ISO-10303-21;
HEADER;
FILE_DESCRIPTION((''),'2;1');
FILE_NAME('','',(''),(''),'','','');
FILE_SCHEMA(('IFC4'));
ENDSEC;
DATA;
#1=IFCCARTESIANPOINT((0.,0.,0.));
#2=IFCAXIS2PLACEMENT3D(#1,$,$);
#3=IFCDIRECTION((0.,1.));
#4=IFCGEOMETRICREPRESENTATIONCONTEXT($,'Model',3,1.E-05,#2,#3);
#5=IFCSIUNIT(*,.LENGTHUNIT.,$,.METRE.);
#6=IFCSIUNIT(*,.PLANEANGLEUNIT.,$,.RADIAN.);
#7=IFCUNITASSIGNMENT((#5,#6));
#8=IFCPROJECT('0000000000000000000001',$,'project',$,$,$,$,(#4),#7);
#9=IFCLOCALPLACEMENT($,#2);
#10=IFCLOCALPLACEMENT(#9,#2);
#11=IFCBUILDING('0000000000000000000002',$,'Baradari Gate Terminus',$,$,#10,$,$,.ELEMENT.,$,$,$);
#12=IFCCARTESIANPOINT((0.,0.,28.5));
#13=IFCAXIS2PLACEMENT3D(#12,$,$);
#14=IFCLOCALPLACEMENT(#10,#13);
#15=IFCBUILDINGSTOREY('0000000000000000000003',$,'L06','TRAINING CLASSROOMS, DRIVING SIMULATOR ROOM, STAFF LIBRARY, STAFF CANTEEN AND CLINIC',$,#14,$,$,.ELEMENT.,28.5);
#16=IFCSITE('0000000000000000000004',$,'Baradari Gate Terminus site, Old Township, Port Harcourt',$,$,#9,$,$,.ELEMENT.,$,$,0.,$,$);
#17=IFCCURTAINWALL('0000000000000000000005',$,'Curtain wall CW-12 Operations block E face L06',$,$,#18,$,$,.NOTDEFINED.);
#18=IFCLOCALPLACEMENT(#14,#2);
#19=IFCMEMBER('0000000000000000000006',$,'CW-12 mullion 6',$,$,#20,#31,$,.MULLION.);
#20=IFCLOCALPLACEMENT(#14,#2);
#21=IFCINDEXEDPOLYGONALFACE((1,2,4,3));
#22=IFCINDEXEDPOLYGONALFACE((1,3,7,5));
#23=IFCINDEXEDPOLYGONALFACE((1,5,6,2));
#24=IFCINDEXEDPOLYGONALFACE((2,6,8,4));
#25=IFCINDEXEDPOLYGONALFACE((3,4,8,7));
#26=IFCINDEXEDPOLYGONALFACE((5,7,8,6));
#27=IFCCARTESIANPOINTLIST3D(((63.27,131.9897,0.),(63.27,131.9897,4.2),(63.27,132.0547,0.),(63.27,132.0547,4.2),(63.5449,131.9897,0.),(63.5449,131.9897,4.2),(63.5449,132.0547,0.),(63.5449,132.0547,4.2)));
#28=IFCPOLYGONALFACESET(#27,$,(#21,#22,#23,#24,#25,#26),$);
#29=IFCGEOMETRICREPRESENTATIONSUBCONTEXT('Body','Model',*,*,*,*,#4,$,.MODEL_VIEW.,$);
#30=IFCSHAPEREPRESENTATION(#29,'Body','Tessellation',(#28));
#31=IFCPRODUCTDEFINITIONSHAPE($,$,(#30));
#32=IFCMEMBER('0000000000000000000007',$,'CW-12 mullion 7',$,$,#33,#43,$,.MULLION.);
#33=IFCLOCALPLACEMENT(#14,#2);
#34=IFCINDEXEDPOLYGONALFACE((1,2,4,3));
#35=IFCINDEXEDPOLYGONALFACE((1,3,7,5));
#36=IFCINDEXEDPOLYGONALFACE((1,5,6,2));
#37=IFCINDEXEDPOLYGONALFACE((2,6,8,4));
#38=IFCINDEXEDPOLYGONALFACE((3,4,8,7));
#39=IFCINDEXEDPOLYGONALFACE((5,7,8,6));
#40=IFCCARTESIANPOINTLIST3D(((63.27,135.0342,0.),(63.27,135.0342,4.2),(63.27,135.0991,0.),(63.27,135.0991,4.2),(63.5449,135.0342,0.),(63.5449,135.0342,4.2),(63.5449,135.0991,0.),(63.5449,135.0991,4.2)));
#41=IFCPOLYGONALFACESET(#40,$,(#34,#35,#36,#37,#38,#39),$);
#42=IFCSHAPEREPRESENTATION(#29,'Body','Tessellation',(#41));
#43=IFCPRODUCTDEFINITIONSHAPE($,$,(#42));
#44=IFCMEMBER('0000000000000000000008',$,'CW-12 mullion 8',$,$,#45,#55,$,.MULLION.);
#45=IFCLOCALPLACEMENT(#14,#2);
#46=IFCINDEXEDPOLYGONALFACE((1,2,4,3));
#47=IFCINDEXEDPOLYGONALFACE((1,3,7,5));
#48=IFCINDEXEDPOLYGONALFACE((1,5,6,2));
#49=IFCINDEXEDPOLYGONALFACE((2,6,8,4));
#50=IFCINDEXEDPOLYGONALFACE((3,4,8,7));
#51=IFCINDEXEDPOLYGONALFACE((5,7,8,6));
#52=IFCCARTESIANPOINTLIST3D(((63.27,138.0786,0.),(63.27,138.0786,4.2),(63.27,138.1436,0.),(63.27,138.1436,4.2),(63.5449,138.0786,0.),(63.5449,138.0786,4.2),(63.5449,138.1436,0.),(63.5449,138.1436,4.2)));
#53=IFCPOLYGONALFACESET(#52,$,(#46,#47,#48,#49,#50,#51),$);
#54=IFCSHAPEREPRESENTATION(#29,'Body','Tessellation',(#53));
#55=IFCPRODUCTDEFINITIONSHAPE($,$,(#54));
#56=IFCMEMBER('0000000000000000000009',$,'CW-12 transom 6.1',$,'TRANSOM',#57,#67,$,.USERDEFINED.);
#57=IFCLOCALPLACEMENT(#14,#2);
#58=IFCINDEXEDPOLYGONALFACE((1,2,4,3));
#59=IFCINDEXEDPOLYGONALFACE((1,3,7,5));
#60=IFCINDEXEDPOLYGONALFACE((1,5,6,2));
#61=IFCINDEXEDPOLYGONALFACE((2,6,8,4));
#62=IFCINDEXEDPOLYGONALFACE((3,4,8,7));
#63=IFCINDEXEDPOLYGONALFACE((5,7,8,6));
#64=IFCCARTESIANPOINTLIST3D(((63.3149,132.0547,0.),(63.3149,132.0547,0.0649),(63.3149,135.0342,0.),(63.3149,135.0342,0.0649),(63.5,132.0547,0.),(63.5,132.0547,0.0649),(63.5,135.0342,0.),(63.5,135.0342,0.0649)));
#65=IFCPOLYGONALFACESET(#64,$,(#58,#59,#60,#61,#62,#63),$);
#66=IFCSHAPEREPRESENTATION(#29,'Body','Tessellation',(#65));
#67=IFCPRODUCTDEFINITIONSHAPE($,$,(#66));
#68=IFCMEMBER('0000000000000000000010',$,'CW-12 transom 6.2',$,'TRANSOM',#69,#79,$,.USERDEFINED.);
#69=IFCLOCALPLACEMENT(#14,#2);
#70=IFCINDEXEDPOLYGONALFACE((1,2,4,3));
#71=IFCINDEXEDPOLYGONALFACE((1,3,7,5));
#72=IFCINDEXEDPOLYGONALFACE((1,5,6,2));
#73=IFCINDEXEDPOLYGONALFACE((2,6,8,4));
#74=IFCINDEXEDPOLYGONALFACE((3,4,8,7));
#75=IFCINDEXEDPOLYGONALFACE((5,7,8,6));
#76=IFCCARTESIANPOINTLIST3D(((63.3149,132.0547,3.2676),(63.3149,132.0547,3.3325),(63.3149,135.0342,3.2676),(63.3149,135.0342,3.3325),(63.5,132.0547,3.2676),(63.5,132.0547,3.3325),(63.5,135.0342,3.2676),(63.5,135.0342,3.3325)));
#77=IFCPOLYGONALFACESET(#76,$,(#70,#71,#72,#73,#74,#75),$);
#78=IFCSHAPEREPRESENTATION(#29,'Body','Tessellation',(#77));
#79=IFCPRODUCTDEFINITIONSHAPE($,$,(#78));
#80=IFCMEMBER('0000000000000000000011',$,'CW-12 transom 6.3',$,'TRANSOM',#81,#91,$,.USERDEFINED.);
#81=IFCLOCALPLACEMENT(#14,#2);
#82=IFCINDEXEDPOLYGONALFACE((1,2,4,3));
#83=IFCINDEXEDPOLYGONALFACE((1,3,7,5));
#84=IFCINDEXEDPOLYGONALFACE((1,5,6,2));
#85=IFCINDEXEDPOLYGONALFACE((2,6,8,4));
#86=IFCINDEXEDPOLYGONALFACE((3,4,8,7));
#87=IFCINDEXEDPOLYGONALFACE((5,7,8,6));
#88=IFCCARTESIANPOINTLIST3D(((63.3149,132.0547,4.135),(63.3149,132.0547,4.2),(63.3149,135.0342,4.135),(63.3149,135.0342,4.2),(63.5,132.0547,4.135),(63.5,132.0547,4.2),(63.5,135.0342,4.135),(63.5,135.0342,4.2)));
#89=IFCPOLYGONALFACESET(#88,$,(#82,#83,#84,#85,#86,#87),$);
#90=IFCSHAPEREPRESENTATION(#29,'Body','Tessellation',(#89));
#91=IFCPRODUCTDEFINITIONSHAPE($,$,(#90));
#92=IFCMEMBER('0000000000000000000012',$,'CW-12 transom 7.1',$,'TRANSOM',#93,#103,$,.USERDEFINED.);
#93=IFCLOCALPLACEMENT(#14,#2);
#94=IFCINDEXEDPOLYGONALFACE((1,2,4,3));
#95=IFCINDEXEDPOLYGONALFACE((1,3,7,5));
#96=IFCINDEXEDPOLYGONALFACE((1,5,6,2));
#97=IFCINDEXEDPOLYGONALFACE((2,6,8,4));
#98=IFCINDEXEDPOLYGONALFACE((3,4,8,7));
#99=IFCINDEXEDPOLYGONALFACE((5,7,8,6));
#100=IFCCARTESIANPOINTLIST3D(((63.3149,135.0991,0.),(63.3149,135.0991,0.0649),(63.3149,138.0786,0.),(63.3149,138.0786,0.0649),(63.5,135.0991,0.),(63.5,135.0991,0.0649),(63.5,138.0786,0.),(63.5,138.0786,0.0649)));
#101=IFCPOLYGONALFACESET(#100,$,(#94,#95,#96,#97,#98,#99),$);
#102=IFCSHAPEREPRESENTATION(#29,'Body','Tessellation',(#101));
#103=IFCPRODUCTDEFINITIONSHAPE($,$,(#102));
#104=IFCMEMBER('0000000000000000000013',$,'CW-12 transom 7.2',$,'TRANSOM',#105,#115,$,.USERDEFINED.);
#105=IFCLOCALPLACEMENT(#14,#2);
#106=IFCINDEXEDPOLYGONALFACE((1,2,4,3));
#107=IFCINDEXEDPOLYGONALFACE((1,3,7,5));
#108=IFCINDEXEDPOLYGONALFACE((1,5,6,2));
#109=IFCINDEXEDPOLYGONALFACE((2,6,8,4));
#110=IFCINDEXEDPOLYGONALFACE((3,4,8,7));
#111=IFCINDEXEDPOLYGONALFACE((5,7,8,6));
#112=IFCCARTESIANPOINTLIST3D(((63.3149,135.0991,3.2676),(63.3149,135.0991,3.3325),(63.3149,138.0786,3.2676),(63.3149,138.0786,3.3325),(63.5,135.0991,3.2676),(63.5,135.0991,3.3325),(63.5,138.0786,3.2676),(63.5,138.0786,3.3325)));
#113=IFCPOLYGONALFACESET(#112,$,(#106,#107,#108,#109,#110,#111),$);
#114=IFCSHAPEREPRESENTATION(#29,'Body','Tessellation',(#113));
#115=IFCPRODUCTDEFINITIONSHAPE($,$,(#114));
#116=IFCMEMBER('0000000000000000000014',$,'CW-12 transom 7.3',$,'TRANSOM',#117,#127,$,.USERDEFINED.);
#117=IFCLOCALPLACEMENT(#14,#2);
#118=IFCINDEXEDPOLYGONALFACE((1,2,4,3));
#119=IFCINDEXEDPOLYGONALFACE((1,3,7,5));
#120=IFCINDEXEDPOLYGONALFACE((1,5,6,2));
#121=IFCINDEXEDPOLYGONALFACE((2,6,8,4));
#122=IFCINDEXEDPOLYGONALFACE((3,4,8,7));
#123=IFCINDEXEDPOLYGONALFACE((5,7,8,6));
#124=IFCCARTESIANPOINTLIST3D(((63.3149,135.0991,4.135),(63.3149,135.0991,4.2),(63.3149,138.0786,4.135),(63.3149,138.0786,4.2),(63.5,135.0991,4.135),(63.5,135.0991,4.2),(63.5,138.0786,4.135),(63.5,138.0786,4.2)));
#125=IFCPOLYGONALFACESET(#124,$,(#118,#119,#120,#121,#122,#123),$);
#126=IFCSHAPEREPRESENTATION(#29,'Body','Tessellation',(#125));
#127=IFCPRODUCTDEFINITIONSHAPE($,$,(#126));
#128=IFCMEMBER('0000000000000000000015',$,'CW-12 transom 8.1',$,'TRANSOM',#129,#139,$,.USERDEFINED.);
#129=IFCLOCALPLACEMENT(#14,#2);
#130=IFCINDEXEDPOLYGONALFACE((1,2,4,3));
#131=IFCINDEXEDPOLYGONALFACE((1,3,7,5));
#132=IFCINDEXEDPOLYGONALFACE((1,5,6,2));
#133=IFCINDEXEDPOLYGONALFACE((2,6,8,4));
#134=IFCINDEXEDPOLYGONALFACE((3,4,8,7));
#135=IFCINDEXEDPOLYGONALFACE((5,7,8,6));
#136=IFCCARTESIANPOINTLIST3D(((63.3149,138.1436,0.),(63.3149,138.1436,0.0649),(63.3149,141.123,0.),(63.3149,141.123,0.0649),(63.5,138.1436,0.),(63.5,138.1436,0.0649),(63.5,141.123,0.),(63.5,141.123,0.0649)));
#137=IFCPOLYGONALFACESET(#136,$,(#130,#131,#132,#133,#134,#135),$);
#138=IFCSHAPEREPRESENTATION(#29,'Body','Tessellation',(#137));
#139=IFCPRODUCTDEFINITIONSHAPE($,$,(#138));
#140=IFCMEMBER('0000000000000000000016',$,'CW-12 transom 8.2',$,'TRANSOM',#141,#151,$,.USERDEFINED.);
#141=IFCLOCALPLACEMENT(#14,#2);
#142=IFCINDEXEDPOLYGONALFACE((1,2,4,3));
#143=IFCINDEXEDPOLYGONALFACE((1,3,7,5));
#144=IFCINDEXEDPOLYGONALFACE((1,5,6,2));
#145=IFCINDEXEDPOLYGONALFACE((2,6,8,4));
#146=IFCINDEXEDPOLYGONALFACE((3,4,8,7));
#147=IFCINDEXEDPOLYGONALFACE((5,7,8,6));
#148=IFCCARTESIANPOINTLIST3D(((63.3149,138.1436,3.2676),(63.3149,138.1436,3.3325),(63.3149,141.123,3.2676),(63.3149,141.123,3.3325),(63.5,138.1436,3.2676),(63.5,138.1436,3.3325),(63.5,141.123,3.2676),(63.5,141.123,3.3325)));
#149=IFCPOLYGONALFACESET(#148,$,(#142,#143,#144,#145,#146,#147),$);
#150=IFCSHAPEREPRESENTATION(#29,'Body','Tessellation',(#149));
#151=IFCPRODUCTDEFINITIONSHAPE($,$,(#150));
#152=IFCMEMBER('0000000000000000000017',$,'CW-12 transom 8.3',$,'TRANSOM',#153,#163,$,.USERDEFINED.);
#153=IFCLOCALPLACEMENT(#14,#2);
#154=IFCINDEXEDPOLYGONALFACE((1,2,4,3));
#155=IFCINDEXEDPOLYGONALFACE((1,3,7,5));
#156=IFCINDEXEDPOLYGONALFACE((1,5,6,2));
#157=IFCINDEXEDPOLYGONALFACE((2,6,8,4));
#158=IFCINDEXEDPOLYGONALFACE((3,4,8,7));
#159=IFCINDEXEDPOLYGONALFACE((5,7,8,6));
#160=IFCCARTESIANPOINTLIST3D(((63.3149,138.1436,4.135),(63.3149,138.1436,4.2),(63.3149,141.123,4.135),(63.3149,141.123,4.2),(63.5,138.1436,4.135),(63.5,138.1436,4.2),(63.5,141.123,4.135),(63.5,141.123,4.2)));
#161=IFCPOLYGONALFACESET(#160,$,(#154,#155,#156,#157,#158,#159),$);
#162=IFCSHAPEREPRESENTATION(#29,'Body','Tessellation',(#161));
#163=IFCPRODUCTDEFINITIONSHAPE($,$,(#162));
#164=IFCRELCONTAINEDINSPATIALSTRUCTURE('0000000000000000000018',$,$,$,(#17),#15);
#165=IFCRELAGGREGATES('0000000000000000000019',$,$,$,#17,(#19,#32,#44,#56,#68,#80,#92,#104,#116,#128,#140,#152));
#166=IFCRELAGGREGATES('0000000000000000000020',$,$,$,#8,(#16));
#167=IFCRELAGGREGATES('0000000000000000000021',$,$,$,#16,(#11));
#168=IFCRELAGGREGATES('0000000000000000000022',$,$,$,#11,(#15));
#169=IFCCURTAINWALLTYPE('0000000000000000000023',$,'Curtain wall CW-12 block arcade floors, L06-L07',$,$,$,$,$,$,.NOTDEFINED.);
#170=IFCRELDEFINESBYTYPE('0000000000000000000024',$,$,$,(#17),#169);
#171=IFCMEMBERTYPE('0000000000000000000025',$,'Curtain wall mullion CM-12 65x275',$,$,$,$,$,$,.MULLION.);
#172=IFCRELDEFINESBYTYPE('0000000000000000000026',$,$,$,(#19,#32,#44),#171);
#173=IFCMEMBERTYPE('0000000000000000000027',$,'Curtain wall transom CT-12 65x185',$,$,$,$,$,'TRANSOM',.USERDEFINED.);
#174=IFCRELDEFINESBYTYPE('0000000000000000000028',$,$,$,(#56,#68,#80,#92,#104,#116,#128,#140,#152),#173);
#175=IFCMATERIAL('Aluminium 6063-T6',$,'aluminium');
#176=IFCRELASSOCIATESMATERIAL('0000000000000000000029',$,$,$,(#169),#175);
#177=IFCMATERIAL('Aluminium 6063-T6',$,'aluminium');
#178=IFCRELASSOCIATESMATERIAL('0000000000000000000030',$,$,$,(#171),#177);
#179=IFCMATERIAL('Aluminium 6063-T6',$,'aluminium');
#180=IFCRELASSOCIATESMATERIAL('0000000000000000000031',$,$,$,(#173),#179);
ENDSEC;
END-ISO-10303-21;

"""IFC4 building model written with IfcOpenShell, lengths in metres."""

from ifc_helpers import new_model, si_unit, direction, frame, origin, origin_2d, place, context, subcontext, project, spatial, rectangle, extrude, material, material_profile, profile_set, type_object, element, aggregate, save


model = new_model("IFC4")

# Units and contexts
model_context = context("Model", 3, precision=1e-05, world=origin(), true_north=direction((0.0, 1.0)))
body_context = subcontext(model_context, "Body", "Model", "MODEL_VIEW")
ifc_project = project(units=[si_unit("LENGTHUNIT", "METRE"), si_unit("PLANEANGLEUNIT", "RADIAN")], contexts=[model_context])

# Site, building, storey
site_placement = place(None, origin())
site = spatial("IfcSite", under=ifc_project, at=site_placement, Name="Baradari Gate Terminus site, Old Township, Port Harcourt", CompositionType="ELEMENT", RefElevation=0.0)
building_placement = place(site_placement, origin())
building = spatial("IfcBuilding", under=site, at=building_placement, Name="Baradari Gate Terminus", CompositionType="ELEMENT")
storey_placement = place(building_placement, frame((0.0, 0.0, 28.5)))
storey = spatial("IfcBuildingStorey", under=building, at=storey_placement, Name="L06", Description="TRAINING CLASSROOMS, DRIVING SIMULATOR ROOM, STAFF LIBRARY, STAFF CANTEEN AND CLINIC", CompositionType="ELEMENT", Elevation=28.5)

# Curtain wall, members
ifc_material_1 = material(Name="Aluminium 6063-T6", Category="aluminium")
curtain_wall_type = type_object("IfcCurtainWallType", Name="Curtain wall CW-12 block arcade floors, L06-L07", PredefinedType="NOTDEFINED", material=ifc_material_1)
curtain_wall_placement = place(storey_placement, origin())
curtain_wall = element("IfcCurtainWall", 1, at=curtain_wall_placement, inside=storey, type_object=curtain_wall_type, Name="Curtain wall CW-12 Operations block E face L06", PredefinedType="NOTDEFINED")
ifc_material_2 = material(Name="Aluminium 6063-T6", Category="aluminium")
ifc_material_profile_1 = material_profile(ifc_material_2, rectangle(XDim=0.2749, YDim=0.0649, at=origin_2d()), Name="CM-12 65X275")
ifc_profile_set_1 = profile_set([ifc_material_profile_1], Name="Aluminium 6063-T6")
member_type_1 = type_object("IfcMemberType", Name="Curtain wall mullion CM-12 65x275", PredefinedType="MULLION", material=ifc_profile_set_1)
member_1_placement = place(storey_placement, frame((63.4075, 132.0222, 0.0), z_axis=(0.0, 0.0, 1.0), x_axis=(-1.0, 0.0, 0.0)))
member_1 = element("IfcMember", 2, at=member_1_placement, type_object=member_type_1, Name="CW-12 mullion 6", PredefinedType="MULLION", context=body_context, shape_type="SweptSolid", body=[
    extrude(rectangle(XDim=0.2749, YDim=0.0649, at=origin_2d()), origin(), (0.0, 0.0, 1.0), 4.2),
])
member_2_placement = place(storey_placement, frame((63.4075, 135.0667, 0.0), z_axis=(0.0, 0.0, 1.0), x_axis=(-1.0, 0.0, 0.0)))
member_2 = element("IfcMember", 3, at=member_2_placement, type_object=member_type_1, Name="CW-12 mullion 7", PredefinedType="MULLION", context=body_context, shape_type="SweptSolid", body=[
    extrude(rectangle(XDim=0.2749, YDim=0.0649, at=origin_2d()), origin(), (0.0, 0.0, 1.0), 4.2),
])
member_3_placement = place(storey_placement, frame((63.4075, 138.1111, 0.0), z_axis=(0.0, 0.0, 1.0), x_axis=(-1.0, 0.0, 0.0)))
member_3 = element("IfcMember", 4, at=member_3_placement, type_object=member_type_1, Name="CW-12 mullion 8", PredefinedType="MULLION", context=body_context, shape_type="SweptSolid", body=[
    extrude(rectangle(XDim=0.2749, YDim=0.0649, at=origin_2d()), origin(), (0.0, 0.0, 1.0), 4.2),
])
ifc_material_3 = material(Name="Aluminium 6063-T6", Category="aluminium")
ifc_material_profile_2 = material_profile(ifc_material_3, rectangle(XDim=0.1851, YDim=0.0649, at=origin_2d()), Name="CT-12 65X185")
ifc_profile_set_2 = profile_set([ifc_material_profile_2], Name="Aluminium 6063-T6")
member_type_2 = type_object("IfcMemberType", Name="Curtain wall transom CT-12 65x185", ElementType="TRANSOM", PredefinedType="USERDEFINED", material=ifc_profile_set_2)
member_4_placement = place(storey_placement, frame((63.4075, 132.0547, 0.0325), z_axis=(0.0, 1.0, 0.0), x_axis=(-1.0, 0.0, 0.0)))
member_4 = element("IfcMember", 5, at=member_4_placement, type_object=member_type_2, Name="CW-12 transom 6.1", ObjectType="TRANSOM", PredefinedType="USERDEFINED", context=body_context, shape_type="SweptSolid", body=[
    extrude(rectangle(XDim=0.1851, YDim=0.0649, at=origin_2d()), origin(), (0.0, 0.0, 1.0), 2.9795),
])
member_5_placement = place(storey_placement, frame((63.4075, 132.0547, 3.3), z_axis=(0.0, 1.0, 0.0), x_axis=(-1.0, 0.0, 0.0)))
member_5 = element("IfcMember", 6, at=member_5_placement, type_object=member_type_2, Name="CW-12 transom 6.2", ObjectType="TRANSOM", PredefinedType="USERDEFINED", context=body_context, shape_type="SweptSolid", body=[
    extrude(rectangle(XDim=0.1851, YDim=0.0649, at=origin_2d()), origin(), (0.0, 0.0, 1.0), 2.9795),
])
member_6_placement = place(storey_placement, frame((63.4075, 132.0547, 4.1675), z_axis=(0.0, 1.0, 0.0), x_axis=(-1.0, 0.0, 0.0)))
member_6 = element("IfcMember", 7, at=member_6_placement, type_object=member_type_2, Name="CW-12 transom 6.3", ObjectType="TRANSOM", PredefinedType="USERDEFINED", context=body_context, shape_type="SweptSolid", body=[
    extrude(rectangle(XDim=0.1851, YDim=0.0649, at=origin_2d()), origin(), (0.0, 0.0, 1.0), 2.9795),
])
member_7_placement = place(storey_placement, frame((63.4075, 135.0991, 0.0325), z_axis=(0.0, 1.0, 0.0), x_axis=(-1.0, 0.0, 0.0)))
member_7 = element("IfcMember", 8, at=member_7_placement, type_object=member_type_2, Name="CW-12 transom 7.1", ObjectType="TRANSOM", PredefinedType="USERDEFINED", context=body_context, shape_type="SweptSolid", body=[
    extrude(rectangle(XDim=0.1851, YDim=0.0649, at=origin_2d()), origin(), (0.0, 0.0, 1.0), 2.9795),
])
member_8_placement = place(storey_placement, frame((63.4075, 135.0991, 3.3), z_axis=(0.0, 1.0, 0.0), x_axis=(-1.0, 0.0, 0.0)))
member_8 = element("IfcMember", 9, at=member_8_placement, type_object=member_type_2, Name="CW-12 transom 7.2", ObjectType="TRANSOM", PredefinedType="USERDEFINED", context=body_context, shape_type="SweptSolid", body=[
    extrude(rectangle(XDim=0.1851, YDim=0.0649, at=origin_2d()), origin(), (0.0, 0.0, 1.0), 2.9795),
])
member_9_placement = place(storey_placement, frame((63.4075, 135.0991, 4.1675), z_axis=(0.0, 1.0, 0.0), x_axis=(-1.0, 0.0, 0.0)))
member_9 = element("IfcMember", 10, at=member_9_placement, type_object=member_type_2, Name="CW-12 transom 7.3", ObjectType="TRANSOM", PredefinedType="USERDEFINED", context=body_context, shape_type="SweptSolid", body=[
    extrude(rectangle(XDim=0.1851, YDim=0.0649, at=origin_2d()), origin(), (0.0, 0.0, 1.0), 2.9795),
])
member_10_placement = place(storey_placement, frame((63.4075, 138.1436, 0.0325), z_axis=(0.0, 1.0, 0.0), x_axis=(-1.0, 0.0, 0.0)))
member_10 = element("IfcMember", 11, at=member_10_placement, type_object=member_type_2, Name="CW-12 transom 8.1", ObjectType="TRANSOM", PredefinedType="USERDEFINED", context=body_context, shape_type="SweptSolid", body=[
    extrude(rectangle(XDim=0.1851, YDim=0.0649, at=origin_2d()), origin(), (0.0, 0.0, 1.0), 2.9795),
])
member_11_placement = place(storey_placement, frame((63.4075, 138.1436, 3.3), z_axis=(0.0, 1.0, 0.0), x_axis=(-1.0, 0.0, 0.0)))
member_11 = element("IfcMember", 12, at=member_11_placement, type_object=member_type_2, Name="CW-12 transom 8.2", ObjectType="TRANSOM", PredefinedType="USERDEFINED", context=body_context, shape_type="SweptSolid", body=[
    extrude(rectangle(XDim=0.1851, YDim=0.0649, at=origin_2d()), origin(), (0.0, 0.0, 1.0), 2.9795),
])
member_12_placement = place(storey_placement, frame((63.4075, 138.1436, 4.1675), z_axis=(0.0, 1.0, 0.0), x_axis=(-1.0, 0.0, 0.0)))
member_12 = element("IfcMember", 13, at=member_12_placement, type_object=member_type_2, Name="CW-12 transom 8.3", ObjectType="TRANSOM", PredefinedType="USERDEFINED", context=body_context, shape_type="SweptSolid", body=[
    extrude(rectangle(XDim=0.1851, YDim=0.0649, at=origin_2d()), origin(), (0.0, 0.0, 1.0), 2.9795),
])

aggregate(curtain_wall, [member_1, member_2, member_3, member_4, member_5, member_6, member_7, member_8, member_9, member_10, member_11, member_12])

save(model, "model.ifc")
